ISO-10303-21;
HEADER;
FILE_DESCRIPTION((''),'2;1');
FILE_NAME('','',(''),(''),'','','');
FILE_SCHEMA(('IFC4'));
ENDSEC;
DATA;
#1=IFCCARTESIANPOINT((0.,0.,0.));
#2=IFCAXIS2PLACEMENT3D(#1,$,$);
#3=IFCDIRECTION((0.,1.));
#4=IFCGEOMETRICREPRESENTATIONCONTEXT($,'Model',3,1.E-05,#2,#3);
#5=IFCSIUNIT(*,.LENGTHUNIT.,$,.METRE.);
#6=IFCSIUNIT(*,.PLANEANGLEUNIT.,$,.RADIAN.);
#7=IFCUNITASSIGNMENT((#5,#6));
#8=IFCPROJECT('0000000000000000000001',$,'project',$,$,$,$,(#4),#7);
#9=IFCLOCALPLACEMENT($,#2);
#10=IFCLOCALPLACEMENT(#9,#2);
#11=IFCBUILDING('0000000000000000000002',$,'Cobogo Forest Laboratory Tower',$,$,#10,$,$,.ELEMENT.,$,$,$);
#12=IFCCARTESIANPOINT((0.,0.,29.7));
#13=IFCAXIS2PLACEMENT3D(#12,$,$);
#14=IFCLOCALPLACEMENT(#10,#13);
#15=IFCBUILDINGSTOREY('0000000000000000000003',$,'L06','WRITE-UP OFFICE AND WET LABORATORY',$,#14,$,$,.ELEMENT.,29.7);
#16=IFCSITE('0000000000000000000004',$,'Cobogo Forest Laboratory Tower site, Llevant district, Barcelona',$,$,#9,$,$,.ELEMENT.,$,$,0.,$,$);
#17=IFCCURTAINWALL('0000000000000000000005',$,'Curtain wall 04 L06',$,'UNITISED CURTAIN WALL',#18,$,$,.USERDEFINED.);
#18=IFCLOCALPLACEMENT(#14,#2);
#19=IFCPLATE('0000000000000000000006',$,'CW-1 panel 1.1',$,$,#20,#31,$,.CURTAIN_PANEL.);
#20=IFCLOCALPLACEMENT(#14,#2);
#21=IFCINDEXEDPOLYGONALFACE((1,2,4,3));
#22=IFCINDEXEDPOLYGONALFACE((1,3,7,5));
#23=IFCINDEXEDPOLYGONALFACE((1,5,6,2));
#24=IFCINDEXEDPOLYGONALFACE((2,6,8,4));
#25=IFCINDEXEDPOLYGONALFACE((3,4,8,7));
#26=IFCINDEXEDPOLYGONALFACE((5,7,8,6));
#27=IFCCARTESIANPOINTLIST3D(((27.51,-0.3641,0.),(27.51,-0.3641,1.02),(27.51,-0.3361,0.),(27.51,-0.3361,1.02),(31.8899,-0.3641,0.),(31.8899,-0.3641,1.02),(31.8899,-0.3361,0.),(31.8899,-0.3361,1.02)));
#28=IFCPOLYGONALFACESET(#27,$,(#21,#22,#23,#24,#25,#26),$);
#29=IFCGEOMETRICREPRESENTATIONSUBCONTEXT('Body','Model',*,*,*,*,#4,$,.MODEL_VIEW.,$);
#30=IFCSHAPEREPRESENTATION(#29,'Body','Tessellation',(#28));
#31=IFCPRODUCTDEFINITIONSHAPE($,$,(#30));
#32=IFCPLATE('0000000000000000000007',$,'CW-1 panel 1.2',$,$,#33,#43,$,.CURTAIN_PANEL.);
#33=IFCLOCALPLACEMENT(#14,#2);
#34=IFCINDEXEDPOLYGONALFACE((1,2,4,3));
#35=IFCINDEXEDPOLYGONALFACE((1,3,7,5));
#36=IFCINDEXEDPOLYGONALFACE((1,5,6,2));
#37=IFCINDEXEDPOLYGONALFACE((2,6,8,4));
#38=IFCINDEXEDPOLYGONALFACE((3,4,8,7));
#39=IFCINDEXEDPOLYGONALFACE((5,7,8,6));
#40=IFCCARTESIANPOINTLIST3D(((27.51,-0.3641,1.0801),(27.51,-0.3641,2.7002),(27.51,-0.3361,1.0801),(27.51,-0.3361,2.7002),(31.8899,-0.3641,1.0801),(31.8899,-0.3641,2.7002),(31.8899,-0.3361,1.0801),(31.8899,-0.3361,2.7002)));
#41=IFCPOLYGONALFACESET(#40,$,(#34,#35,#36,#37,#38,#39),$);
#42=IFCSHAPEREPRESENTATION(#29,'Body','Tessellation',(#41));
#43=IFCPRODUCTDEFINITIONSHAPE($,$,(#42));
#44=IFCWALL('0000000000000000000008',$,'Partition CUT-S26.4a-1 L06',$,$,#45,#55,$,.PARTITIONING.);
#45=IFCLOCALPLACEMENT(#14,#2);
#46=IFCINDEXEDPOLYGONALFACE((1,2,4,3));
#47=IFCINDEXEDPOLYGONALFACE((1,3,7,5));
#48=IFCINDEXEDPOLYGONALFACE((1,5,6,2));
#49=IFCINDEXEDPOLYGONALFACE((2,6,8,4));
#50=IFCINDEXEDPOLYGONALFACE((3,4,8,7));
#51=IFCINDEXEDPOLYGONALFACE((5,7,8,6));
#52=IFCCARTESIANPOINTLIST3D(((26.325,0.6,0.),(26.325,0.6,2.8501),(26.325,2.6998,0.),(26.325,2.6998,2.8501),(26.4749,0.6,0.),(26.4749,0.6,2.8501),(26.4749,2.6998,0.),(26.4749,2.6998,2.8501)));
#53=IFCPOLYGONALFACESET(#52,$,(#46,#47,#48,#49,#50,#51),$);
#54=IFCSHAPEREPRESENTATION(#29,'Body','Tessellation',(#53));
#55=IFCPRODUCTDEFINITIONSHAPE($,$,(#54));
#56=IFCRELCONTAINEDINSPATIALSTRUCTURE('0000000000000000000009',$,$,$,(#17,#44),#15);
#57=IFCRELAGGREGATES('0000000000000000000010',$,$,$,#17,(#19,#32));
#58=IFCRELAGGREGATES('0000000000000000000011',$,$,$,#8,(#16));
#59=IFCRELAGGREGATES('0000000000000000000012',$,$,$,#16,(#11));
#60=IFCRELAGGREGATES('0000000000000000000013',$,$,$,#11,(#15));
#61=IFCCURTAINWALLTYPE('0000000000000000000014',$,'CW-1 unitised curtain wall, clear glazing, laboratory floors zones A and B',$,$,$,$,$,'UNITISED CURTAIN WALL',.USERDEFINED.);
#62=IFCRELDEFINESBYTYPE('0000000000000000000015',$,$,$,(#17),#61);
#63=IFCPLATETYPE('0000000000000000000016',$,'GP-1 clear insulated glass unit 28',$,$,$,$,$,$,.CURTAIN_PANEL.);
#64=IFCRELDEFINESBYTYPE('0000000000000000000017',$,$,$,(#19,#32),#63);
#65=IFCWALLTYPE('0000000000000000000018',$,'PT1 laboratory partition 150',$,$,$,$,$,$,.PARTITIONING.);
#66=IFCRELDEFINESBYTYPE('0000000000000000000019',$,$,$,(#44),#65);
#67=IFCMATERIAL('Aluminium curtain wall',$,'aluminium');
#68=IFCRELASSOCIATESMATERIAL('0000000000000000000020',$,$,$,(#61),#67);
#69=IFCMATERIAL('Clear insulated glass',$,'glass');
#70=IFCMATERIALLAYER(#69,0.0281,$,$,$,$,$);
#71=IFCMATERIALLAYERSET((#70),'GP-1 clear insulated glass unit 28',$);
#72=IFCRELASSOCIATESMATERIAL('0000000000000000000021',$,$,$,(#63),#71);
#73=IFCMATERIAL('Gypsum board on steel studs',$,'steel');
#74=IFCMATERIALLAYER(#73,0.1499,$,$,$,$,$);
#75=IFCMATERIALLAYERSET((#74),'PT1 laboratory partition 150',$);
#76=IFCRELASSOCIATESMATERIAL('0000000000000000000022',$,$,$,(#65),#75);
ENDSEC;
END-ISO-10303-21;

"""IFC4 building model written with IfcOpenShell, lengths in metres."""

from ifc_helpers import new_model, si_unit, direction, frame, frame_2d, origin, origin_2d, place, context, subcontext, project, spatial, rectangle, extrude, material, layer, layer_set, type_object, element, aggregate, save


model = new_model("IFC4")

# Units and contexts
model_context = context("Model", 3, precision=1e-05, world=origin(), true_north=direction((0.0, 1.0)))
body_context = subcontext(model_context, "Body", "Model", "MODEL_VIEW")
ifc_project = project(units=[si_unit("LENGTHUNIT", "METRE"), si_unit("PLANEANGLEUNIT", "RADIAN")], contexts=[model_context])

# Site, building, storey
site_placement = place(None, origin())
site = spatial("IfcSite", under=ifc_project, at=site_placement, Name="Cobogo Forest Laboratory Tower site, Llevant district, Barcelona", CompositionType="ELEMENT", RefElevation=0.0)
building_placement = place(site_placement, origin())
building = spatial("IfcBuilding", under=site, at=building_placement, Name="Cobogo Forest Laboratory Tower", CompositionType="ELEMENT")
storey_placement = place(building_placement, frame((0.0, 0.0, 29.7)))
storey = spatial("IfcBuildingStorey", under=building, at=storey_placement, Name="L06", Description="WRITE-UP OFFICE AND WET LABORATORY", CompositionType="ELEMENT", Elevation=29.7)

# Curtain wall
ifc_material_1 = material(Name="Aluminium curtain wall", Category="aluminium")
curtain_wall_type = type_object("IfcCurtainWallType", Name="CW-1 unitised curtain wall, clear glazing, laboratory floors zones A and B", ElementType="UNITISED CURTAIN WALL", PredefinedType="USERDEFINED", material=ifc_material_1)
curtain_wall_1_placement = place(storey_placement, origin())
curtain_wall_1 = element("IfcCurtainWall", 1, at=curtain_wall_1_placement, inside=storey, type_object=curtain_wall_type, Name="Curtain wall 04 L06", ObjectType="UNITISED CURTAIN WALL", PredefinedType="USERDEFINED")

# Plates
ifc_material_2 = material(Name="Clear insulated glass", Category="glass")
ifc_layer_1 = layer(ifc_material_2, 0.0281)
ifc_layer_set_1 = layer_set([ifc_layer_1], Name="GP-1 clear insulated glass unit 28")
plate_type_1 = type_object("IfcPlateType", Name="GP-1 clear insulated glass unit 28", PredefinedType="CURTAIN_PANEL", material=ifc_layer_set_1)
plate_1_placement = place(storey_placement, frame((29.7, -0.3501, 0.0), z_axis=(0.0, 0.0, 1.0), x_axis=(1.0, 0.0, 0.0)))
plate_1 = element("IfcPlate", 2, at=plate_1_placement, type_object=plate_type_1, Name="CW-1 panel 1.1", PredefinedType="CURTAIN_PANEL", context=body_context, shape_type="SweptSolid", body=[
    extrude(rectangle(XDim=4.3799, YDim=0.0281, at=origin_2d()), origin(), (0.0, 0.0, 1.0), 1.02),
])
plate_2_placement = place(storey_placement, frame((29.7, -0.3501, 1.0801), z_axis=(0.0, 0.0, 1.0), x_axis=(1.0, 0.0, 0.0)))
plate_2 = element("IfcPlate", 3, at=plate_2_placement, type_object=plate_type_1, Name="CW-1 panel 1.2", PredefinedType="CURTAIN_PANEL", context=body_context, shape_type="SweptSolid", body=[
    extrude(rectangle(XDim=4.3799, YDim=0.0281, at=origin_2d()), origin(), (0.0, 0.0, 1.0), 1.6201),
])
aggregate(curtain_wall_1, [plate_1, plate_2])

# Wall
ifc_material_3 = material(Name="Gypsum board on steel studs", Category="steel")
ifc_layer_2 = layer(ifc_material_3, 0.1499)
ifc_layer_set_2 = layer_set([ifc_layer_2], Name="PT1 laboratory partition 150")
wall_type = type_object("IfcWallType", Name="PT1 laboratory partition 150", PredefinedType="PARTITIONING", material=ifc_layer_set_2)
wall_placement = place(storey_placement, frame((26.3999, 0.6001, 0.0), z_axis=(0.0, 0.0, 1.0), x_axis=(0.0, 1.0, 0.0)))
element("IfcWall", 4, at=wall_placement, inside=storey, type_object=wall_type, Name="Partition CUT-S26.4a-1 L06", PredefinedType="PARTITIONING", context=body_context, shape_type="SweptSolid", body=[
    extrude(rectangle(XDim=2.0999, YDim=0.1499, at=frame_2d((1.0498, 0.0))), origin(), (0.0, 0.0, 1.0), 2.8501),
])

save(model, "model.ifc")
